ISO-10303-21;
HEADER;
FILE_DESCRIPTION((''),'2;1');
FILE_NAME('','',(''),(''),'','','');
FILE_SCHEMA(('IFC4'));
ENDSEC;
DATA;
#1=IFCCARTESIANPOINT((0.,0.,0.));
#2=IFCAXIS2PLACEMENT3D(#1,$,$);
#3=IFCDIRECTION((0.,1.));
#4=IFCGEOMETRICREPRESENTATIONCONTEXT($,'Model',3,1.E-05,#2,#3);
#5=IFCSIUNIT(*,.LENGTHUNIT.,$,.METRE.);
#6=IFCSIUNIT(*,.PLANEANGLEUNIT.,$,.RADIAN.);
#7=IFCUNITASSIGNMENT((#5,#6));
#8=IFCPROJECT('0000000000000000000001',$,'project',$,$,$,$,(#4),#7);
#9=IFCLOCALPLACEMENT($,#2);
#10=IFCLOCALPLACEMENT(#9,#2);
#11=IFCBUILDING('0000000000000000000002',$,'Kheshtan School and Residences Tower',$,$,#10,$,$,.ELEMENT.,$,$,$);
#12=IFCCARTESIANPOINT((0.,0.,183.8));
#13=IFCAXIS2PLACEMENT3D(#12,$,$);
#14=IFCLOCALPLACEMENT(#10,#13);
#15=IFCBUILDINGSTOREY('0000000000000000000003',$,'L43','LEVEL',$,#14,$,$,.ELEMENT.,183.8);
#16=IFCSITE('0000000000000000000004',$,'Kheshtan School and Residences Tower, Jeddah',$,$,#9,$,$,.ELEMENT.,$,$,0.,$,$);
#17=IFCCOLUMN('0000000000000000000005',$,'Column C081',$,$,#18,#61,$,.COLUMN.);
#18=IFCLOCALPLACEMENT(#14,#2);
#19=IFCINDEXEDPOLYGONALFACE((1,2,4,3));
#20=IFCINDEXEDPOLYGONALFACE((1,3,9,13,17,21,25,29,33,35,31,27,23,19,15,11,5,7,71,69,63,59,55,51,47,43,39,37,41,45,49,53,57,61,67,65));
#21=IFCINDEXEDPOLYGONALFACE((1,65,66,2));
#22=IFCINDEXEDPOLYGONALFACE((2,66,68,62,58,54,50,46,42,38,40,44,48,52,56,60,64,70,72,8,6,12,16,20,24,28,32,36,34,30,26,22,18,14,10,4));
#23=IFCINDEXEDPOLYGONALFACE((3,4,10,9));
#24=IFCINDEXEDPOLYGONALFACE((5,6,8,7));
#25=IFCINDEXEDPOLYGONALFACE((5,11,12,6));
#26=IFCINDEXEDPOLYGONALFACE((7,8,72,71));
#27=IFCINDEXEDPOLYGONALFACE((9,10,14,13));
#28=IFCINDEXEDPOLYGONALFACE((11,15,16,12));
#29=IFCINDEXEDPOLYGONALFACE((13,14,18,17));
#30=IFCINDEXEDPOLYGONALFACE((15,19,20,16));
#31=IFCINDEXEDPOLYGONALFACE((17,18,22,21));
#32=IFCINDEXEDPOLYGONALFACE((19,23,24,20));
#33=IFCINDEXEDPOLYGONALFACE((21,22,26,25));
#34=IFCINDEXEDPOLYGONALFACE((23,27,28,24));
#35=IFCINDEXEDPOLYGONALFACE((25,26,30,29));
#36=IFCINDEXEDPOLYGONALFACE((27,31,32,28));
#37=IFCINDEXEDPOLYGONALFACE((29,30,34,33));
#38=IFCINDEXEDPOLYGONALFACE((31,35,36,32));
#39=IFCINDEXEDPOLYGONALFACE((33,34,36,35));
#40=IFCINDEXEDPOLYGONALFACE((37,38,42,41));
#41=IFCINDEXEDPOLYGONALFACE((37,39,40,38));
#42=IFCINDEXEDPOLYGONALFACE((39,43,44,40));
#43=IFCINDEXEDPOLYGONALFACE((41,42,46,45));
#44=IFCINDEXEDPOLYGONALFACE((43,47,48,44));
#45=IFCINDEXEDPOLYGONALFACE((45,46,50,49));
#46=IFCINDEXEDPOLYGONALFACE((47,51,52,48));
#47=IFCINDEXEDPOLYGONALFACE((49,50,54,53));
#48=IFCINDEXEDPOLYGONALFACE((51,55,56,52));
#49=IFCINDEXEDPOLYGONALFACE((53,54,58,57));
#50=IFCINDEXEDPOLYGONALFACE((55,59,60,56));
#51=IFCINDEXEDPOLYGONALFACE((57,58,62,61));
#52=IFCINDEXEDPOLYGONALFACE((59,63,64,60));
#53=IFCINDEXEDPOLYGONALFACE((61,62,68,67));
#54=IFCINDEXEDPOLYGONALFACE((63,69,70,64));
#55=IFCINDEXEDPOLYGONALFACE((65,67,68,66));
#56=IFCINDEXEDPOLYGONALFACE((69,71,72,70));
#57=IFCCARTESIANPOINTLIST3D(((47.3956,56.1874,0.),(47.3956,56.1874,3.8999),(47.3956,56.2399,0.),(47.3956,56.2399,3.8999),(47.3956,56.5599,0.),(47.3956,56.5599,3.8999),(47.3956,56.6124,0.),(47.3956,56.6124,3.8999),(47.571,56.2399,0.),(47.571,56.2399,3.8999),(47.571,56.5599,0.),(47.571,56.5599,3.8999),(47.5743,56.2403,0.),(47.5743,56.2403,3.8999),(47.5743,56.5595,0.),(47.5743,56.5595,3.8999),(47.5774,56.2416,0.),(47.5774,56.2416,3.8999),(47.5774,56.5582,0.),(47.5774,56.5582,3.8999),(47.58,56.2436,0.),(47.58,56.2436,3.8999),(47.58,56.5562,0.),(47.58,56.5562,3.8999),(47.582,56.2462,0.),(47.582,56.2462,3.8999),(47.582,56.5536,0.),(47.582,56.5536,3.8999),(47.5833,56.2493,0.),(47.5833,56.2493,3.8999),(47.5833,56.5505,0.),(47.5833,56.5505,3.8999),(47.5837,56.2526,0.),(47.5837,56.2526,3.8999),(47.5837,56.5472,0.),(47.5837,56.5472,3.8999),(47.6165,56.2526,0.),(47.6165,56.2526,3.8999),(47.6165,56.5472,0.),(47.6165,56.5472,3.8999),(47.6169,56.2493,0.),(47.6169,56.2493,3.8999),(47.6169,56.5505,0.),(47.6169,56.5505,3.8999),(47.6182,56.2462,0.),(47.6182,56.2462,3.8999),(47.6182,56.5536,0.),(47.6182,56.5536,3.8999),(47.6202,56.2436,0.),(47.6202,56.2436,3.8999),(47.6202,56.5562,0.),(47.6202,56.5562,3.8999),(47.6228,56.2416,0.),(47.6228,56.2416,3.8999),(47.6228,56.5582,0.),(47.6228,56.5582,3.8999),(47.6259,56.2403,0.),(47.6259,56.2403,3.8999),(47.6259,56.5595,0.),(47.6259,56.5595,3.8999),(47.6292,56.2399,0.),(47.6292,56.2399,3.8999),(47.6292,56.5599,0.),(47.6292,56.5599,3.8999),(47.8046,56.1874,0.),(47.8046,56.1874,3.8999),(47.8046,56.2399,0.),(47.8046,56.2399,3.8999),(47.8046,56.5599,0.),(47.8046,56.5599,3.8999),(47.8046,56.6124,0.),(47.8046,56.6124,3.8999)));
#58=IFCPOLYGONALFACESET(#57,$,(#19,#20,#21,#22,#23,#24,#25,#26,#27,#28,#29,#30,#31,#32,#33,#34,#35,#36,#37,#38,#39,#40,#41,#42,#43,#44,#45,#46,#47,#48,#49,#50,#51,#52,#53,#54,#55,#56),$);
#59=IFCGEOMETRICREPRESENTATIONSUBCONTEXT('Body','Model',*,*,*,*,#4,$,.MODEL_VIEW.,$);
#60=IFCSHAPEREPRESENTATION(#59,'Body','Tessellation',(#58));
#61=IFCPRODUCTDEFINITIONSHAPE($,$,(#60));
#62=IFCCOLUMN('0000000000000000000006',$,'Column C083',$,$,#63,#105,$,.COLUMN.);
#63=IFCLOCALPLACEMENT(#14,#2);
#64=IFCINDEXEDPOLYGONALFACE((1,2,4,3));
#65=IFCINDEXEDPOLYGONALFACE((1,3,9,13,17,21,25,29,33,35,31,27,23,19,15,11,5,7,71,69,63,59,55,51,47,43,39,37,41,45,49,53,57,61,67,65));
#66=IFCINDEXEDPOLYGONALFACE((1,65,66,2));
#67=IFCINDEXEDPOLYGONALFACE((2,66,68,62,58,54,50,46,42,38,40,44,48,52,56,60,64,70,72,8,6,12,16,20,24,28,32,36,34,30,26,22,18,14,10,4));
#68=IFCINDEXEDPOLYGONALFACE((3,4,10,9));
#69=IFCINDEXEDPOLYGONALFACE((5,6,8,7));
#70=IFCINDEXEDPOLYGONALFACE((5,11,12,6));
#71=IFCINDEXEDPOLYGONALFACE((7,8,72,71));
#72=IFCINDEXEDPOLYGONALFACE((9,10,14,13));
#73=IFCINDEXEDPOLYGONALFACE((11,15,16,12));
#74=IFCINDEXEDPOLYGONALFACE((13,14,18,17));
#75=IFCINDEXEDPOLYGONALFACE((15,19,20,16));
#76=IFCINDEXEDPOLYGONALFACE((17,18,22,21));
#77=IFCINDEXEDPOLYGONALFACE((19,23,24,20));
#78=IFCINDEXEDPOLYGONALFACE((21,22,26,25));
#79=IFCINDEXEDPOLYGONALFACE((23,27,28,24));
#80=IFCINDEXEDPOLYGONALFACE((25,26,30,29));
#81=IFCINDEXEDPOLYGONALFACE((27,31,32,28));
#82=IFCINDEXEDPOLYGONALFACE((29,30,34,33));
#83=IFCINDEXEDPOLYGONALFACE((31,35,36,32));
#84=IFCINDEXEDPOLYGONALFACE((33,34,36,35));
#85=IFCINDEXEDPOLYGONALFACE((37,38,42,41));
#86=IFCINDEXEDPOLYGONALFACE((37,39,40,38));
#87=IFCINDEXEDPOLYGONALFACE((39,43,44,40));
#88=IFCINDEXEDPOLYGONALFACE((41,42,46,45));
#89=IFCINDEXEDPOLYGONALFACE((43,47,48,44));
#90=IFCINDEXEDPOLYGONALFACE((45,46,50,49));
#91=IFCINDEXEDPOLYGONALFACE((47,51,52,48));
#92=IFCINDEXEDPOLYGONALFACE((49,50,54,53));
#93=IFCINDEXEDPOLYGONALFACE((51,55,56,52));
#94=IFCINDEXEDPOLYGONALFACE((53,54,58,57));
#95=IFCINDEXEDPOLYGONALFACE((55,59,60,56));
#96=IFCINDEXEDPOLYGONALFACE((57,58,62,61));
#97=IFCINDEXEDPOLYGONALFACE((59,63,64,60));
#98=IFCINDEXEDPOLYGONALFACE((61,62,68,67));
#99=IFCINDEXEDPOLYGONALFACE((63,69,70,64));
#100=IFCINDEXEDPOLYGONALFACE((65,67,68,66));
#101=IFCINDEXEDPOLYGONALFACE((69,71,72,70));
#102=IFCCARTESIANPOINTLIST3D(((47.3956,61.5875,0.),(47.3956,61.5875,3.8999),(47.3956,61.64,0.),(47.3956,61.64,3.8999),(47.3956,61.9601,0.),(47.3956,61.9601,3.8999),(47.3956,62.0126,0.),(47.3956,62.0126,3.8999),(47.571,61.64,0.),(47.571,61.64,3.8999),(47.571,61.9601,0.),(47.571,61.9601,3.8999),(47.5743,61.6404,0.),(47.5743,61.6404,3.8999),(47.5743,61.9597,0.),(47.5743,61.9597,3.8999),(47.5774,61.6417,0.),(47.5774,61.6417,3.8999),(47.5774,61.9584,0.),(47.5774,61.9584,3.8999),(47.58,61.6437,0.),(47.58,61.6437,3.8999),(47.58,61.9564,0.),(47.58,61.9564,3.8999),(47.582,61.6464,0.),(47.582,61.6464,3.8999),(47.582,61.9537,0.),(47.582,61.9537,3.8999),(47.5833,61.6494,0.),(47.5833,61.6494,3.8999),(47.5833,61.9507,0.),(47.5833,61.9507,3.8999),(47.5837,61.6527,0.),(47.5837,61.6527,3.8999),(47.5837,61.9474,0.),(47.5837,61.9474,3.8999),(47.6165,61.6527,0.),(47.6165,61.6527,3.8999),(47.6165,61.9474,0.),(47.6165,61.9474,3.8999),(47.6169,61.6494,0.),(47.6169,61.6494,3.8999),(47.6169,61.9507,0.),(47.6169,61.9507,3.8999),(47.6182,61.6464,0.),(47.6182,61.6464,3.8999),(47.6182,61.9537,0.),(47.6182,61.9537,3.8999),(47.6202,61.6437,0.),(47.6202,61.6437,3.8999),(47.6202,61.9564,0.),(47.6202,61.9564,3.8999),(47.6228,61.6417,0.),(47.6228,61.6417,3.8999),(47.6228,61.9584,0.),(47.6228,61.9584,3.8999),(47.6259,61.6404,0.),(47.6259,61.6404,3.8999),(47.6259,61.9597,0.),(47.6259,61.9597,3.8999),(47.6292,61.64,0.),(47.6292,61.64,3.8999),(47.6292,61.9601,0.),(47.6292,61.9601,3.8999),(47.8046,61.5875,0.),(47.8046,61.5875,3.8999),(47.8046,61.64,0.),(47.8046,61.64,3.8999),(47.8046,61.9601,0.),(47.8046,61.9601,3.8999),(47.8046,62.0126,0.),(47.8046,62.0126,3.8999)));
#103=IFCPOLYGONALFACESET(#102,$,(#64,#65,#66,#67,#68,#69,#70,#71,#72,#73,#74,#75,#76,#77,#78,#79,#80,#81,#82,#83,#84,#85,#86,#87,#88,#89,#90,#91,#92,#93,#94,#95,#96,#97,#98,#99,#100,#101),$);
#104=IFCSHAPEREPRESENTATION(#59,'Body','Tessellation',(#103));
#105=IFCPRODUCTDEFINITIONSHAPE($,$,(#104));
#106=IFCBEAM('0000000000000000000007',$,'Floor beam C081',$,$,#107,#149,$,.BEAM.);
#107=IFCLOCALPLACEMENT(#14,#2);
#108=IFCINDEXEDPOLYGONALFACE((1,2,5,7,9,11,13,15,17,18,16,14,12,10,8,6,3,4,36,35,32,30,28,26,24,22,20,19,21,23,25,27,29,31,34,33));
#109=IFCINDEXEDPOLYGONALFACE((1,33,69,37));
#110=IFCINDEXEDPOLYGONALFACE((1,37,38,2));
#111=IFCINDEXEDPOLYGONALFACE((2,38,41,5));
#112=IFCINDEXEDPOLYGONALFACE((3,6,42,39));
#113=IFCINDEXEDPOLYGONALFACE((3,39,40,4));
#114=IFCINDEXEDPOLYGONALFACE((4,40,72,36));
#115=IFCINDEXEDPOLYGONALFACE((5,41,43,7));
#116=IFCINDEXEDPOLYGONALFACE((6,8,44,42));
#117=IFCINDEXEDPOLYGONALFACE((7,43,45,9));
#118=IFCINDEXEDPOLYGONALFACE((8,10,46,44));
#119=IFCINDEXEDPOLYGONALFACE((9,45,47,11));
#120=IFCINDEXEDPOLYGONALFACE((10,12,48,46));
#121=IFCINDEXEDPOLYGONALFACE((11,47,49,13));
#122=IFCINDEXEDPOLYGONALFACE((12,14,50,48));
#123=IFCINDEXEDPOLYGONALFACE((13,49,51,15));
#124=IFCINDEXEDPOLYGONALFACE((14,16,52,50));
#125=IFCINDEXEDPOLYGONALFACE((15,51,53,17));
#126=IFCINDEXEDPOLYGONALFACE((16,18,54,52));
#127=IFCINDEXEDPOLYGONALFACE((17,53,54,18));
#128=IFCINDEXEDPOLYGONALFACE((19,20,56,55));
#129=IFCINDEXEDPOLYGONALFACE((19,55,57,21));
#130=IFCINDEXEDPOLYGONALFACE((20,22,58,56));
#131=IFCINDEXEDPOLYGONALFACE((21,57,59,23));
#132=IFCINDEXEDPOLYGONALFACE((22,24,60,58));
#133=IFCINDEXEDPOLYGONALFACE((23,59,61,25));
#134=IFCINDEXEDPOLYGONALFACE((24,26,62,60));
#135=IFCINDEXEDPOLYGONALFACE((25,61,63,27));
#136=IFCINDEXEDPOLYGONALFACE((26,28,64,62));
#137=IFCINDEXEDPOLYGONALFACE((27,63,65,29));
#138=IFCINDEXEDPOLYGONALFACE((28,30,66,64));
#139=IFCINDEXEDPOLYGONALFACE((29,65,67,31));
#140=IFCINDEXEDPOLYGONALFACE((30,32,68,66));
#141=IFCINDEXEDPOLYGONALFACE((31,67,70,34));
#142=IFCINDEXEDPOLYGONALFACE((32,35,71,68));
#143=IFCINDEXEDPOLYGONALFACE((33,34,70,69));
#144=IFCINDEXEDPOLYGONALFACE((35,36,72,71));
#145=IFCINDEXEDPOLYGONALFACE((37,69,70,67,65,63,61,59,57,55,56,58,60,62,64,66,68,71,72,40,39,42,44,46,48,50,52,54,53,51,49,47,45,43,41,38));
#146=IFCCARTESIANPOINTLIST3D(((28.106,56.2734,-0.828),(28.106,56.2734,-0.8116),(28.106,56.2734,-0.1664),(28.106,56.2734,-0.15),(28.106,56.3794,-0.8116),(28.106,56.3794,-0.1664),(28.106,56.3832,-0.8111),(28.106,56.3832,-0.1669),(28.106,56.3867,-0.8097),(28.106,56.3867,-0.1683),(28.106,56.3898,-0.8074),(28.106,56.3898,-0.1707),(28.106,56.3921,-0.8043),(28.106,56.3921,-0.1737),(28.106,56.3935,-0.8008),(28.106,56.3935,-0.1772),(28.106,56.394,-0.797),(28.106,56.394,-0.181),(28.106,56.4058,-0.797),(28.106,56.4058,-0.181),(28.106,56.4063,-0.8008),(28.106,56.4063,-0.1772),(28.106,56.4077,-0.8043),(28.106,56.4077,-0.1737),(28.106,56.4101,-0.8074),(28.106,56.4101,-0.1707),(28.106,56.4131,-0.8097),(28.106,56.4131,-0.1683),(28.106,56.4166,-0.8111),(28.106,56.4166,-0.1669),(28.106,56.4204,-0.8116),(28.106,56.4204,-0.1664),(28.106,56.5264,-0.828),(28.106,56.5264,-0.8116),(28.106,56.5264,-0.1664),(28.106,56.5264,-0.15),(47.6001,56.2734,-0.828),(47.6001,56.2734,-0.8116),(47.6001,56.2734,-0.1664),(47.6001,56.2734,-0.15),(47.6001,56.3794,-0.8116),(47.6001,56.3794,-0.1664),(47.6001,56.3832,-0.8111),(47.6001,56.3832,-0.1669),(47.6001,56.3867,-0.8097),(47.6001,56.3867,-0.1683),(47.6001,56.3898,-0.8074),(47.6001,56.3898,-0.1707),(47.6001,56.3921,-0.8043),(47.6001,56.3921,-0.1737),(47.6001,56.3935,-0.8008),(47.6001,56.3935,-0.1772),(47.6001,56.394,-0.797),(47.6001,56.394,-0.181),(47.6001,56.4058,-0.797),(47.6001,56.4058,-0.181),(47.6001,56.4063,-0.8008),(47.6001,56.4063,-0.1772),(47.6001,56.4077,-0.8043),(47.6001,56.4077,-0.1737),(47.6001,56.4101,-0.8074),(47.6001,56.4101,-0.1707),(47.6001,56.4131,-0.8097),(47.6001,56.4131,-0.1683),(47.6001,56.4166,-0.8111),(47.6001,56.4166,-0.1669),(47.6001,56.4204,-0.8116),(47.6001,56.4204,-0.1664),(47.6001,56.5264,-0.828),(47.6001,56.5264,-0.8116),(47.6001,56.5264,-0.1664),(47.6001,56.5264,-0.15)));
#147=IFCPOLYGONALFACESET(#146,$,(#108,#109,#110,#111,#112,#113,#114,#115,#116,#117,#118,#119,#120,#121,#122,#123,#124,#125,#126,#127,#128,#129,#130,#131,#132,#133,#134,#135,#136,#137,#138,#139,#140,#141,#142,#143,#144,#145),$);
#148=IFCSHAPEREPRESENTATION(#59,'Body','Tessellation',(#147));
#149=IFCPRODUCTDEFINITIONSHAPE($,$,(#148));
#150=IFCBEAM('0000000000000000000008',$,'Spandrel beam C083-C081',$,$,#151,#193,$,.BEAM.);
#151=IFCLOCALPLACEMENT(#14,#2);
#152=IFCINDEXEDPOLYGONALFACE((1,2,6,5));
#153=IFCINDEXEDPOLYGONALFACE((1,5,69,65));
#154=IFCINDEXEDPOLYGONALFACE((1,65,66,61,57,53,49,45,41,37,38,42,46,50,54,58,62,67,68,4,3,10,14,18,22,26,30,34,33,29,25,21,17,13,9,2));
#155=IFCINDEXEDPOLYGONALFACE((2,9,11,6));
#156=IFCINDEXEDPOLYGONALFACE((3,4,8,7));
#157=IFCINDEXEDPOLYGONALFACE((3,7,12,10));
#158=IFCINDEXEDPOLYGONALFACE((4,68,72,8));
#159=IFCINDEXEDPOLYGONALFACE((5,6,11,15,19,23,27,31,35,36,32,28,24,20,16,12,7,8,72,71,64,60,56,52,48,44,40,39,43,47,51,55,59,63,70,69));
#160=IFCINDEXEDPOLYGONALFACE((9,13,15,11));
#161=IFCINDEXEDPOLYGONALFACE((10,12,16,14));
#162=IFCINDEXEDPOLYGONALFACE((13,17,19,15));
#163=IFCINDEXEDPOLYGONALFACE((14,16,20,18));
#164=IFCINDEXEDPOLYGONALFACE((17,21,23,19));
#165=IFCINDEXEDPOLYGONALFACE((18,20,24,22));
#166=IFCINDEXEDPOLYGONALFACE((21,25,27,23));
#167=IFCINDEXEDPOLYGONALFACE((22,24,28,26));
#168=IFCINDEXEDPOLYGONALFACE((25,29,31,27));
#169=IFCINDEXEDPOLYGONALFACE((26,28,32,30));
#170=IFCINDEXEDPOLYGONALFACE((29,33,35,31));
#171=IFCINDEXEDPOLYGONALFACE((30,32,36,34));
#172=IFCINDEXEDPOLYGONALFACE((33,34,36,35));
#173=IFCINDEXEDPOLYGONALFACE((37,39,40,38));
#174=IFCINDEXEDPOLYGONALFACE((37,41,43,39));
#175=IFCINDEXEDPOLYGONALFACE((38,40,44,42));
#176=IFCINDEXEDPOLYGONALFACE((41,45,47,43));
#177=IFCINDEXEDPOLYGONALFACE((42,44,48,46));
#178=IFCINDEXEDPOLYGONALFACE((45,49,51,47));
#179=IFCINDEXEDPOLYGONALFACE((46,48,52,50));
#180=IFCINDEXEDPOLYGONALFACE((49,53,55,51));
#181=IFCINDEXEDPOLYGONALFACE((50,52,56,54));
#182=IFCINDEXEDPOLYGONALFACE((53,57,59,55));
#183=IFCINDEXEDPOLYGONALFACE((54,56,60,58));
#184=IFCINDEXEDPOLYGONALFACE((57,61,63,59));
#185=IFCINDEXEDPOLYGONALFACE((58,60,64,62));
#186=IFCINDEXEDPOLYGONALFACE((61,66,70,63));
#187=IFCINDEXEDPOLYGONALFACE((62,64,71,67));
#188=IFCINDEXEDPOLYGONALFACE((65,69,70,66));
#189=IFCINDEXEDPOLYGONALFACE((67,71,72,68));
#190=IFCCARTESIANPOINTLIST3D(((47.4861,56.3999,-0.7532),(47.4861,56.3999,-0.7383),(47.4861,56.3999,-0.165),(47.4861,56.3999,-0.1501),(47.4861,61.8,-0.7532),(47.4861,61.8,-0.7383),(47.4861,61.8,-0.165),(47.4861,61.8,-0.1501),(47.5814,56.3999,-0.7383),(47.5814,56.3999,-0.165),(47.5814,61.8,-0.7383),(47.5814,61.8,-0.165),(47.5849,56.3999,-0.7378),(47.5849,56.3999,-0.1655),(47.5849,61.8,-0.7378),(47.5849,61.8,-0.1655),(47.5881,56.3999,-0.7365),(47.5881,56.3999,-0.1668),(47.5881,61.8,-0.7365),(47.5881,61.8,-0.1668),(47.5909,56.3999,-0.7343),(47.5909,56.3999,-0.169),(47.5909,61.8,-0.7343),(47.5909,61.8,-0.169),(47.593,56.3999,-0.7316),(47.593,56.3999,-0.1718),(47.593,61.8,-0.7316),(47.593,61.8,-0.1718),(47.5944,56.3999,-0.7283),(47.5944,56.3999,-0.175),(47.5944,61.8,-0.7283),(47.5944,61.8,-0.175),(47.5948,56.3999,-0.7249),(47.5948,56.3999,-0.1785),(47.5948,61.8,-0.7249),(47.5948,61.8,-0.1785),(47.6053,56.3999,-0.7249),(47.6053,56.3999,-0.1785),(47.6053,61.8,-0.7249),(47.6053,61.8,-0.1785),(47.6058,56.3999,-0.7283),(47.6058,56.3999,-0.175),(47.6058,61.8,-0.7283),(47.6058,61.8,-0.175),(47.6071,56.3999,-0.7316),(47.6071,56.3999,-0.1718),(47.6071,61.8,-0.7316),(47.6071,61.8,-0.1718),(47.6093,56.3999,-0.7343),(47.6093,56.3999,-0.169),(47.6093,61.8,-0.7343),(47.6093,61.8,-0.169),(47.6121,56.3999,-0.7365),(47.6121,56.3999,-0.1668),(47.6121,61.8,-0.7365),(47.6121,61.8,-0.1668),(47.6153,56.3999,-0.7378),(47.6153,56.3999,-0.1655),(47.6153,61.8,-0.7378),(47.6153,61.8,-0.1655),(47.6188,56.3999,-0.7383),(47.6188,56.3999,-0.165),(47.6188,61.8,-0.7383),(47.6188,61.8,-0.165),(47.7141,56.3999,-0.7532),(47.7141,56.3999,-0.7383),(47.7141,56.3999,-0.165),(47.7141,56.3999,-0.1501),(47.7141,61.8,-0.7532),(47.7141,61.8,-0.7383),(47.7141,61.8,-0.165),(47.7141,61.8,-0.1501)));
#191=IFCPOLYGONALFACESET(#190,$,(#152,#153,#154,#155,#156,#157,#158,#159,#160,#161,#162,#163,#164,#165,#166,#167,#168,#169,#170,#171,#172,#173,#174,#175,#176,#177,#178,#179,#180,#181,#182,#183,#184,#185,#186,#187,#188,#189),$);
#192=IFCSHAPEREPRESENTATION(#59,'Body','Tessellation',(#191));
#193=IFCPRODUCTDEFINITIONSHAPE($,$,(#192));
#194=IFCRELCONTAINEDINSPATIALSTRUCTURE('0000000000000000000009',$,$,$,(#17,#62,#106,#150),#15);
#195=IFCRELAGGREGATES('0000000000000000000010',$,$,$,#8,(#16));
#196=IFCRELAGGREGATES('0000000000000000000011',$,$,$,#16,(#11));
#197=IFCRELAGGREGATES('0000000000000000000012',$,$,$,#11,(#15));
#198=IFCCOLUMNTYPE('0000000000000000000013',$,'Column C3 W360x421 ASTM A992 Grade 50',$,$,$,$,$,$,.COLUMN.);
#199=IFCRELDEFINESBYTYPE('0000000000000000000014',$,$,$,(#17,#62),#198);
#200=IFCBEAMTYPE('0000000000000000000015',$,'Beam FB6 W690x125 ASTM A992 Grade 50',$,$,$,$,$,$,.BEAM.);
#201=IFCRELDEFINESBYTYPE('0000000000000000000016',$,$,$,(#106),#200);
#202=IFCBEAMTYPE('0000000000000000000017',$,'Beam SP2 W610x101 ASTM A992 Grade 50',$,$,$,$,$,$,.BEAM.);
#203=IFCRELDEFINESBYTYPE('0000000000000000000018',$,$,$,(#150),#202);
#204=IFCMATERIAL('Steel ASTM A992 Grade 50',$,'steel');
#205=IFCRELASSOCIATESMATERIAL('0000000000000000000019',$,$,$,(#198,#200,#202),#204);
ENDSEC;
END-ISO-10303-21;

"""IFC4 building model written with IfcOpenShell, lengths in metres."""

from ifc_helpers import new_model, si_unit, direction, frame, origin, origin_2d, place, context, subcontext, project, spatial, i_section, extrude, material, material_profile, profile_set, type_object, element, save


model = new_model("IFC4")

# Units and contexts
model_context = context("Model", 3, precision=1e-05, world=origin(), true_north=direction((0.0, 1.0)))
body_context = subcontext(model_context, "Body", "Model", "MODEL_VIEW")
ifc_project = project(units=[si_unit("LENGTHUNIT", "METRE"), si_unit("PLANEANGLEUNIT", "RADIAN")], contexts=[model_context])

# Site, building, storey
site_placement = place(None, origin())
site = spatial("IfcSite", under=ifc_project, at=site_placement, Name="Kheshtan School and Residences Tower, Jeddah", CompositionType="ELEMENT", RefElevation=0.0)
building_placement = place(site_placement, origin())
building = spatial("IfcBuilding", under=site, at=building_placement, Name="Kheshtan School and Residences Tower", CompositionType="ELEMENT")
storey_placement = place(building_placement, frame((0.0, 0.0, 183.8)))
storey = spatial("IfcBuildingStorey", under=building, at=storey_placement, Name="L43", Description="LEVEL", CompositionType="ELEMENT", Elevation=183.8)

# Columns
ifc_material_1 = material(Name="Steel ASTM A992 Grade 50", Category="steel")
ifc_material_profile_1 = material_profile(ifc_material_1, i_section(OverallWidth=0.4089, OverallDepth=0.425, WebThickness=0.0327, FlangeThickness=0.0525, FilletRadius=0.0127, at=origin_2d()), Name="W360x421")
ifc_profile_set_1 = profile_set([ifc_material_profile_1], Name="Steel ASTM A992 Grade 50")
column_type = type_object("IfcColumnType", Name="Column C3 W360x421 ASTM A992 Grade 50", PredefinedType="COLUMN", material=ifc_profile_set_1)
for number, where, z_axis, x_axis, name in (
    (1, (47.6001, 56.3999, 0.0), (0.0, 0.0, 1.0), (1.0, 0.0, 0.0), "Column C081"),
    (2, (47.6001, 61.8, 0.0), (0.0, 0.0, 1.0), (1.0, 0.0, 0.0), "Column C083"),
):
    element("IfcColumn", number, at=place(storey_placement, frame(where, z_axis=z_axis, x_axis=x_axis)), inside=storey, type_object=column_type, Name=name, PredefinedType="COLUMN", context=body_context, shape_type="SweptSolid", body=[
        extrude(i_section(OverallWidth=0.4089, OverallDepth=0.425, WebThickness=0.0327, FlangeThickness=0.0525, FilletRadius=0.0127, at=origin_2d()), origin(), (0.0, 0.0, 1.0), 3.8999),
    ])

# Beams
ifc_material_profile_2 = material_profile(ifc_material_1, i_section(OverallWidth=0.2529, OverallDepth=0.678, WebThickness=0.0117, FlangeThickness=0.0164, FilletRadius=0.0146, at=origin_2d()), Name="W690x125")
ifc_profile_set_2 = profile_set([ifc_material_profile_2], Name="Steel ASTM A992 Grade 50")
beam_type_1 = type_object("IfcBeamType", Name="Beam FB6 W690x125 ASTM A992 Grade 50", PredefinedType="BEAM", material=ifc_profile_set_2)
beam_1_placement = place(storey_placement, frame((47.6001, 56.3999, -0.489), z_axis=(-1.0, 0.0, 0.0), x_axis=(0.0, -1.0, 0.0)))
element("IfcBeam", 3, at=beam_1_placement, inside=storey, type_object=beam_type_1, Name="Floor beam C081", PredefinedType="BEAM", context=body_context, shape_type="SweptSolid", body=[
    extrude(i_section(OverallWidth=0.2529, OverallDepth=0.678, WebThickness=0.0117, FlangeThickness=0.0164, FilletRadius=0.0146, at=origin_2d()), origin(), (0.0, 0.0, 1.0), 19.4941),
])
ifc_material_profile_3 = material_profile(ifc_material_1, i_section(OverallWidth=0.228, OverallDepth=0.603, WebThickness=0.0105, FlangeThickness=0.0149, FilletRadius=0.0134, at=origin_2d()), Name="W610x101")
ifc_profile_set_3 = profile_set([ifc_material_profile_3], Name="Steel ASTM A992 Grade 50")
beam_type_2 = type_object("IfcBeamType", Name="Beam SP2 W610x101 ASTM A992 Grade 50", PredefinedType="BEAM", material=ifc_profile_set_3)
beam_2_placement = place(storey_placement, frame((47.6001, 61.8, -0.4517), z_axis=(0.0, -1.0, 0.0), x_axis=(1.0, 0.0, 0.0)))
element("IfcBeam", 4, at=beam_2_placement, inside=storey, type_object=beam_type_2, Name="Spandrel beam C083-C081", PredefinedType="BEAM", context=body_context, shape_type="SweptSolid", body=[
    extrude(i_section(OverallWidth=0.228, OverallDepth=0.603, WebThickness=0.0105, FlangeThickness=0.0149, FilletRadius=0.0134, at=origin_2d()), origin(), (0.0, 0.0, 1.0), 5.4001),
])

save(model, "model.ifc")
